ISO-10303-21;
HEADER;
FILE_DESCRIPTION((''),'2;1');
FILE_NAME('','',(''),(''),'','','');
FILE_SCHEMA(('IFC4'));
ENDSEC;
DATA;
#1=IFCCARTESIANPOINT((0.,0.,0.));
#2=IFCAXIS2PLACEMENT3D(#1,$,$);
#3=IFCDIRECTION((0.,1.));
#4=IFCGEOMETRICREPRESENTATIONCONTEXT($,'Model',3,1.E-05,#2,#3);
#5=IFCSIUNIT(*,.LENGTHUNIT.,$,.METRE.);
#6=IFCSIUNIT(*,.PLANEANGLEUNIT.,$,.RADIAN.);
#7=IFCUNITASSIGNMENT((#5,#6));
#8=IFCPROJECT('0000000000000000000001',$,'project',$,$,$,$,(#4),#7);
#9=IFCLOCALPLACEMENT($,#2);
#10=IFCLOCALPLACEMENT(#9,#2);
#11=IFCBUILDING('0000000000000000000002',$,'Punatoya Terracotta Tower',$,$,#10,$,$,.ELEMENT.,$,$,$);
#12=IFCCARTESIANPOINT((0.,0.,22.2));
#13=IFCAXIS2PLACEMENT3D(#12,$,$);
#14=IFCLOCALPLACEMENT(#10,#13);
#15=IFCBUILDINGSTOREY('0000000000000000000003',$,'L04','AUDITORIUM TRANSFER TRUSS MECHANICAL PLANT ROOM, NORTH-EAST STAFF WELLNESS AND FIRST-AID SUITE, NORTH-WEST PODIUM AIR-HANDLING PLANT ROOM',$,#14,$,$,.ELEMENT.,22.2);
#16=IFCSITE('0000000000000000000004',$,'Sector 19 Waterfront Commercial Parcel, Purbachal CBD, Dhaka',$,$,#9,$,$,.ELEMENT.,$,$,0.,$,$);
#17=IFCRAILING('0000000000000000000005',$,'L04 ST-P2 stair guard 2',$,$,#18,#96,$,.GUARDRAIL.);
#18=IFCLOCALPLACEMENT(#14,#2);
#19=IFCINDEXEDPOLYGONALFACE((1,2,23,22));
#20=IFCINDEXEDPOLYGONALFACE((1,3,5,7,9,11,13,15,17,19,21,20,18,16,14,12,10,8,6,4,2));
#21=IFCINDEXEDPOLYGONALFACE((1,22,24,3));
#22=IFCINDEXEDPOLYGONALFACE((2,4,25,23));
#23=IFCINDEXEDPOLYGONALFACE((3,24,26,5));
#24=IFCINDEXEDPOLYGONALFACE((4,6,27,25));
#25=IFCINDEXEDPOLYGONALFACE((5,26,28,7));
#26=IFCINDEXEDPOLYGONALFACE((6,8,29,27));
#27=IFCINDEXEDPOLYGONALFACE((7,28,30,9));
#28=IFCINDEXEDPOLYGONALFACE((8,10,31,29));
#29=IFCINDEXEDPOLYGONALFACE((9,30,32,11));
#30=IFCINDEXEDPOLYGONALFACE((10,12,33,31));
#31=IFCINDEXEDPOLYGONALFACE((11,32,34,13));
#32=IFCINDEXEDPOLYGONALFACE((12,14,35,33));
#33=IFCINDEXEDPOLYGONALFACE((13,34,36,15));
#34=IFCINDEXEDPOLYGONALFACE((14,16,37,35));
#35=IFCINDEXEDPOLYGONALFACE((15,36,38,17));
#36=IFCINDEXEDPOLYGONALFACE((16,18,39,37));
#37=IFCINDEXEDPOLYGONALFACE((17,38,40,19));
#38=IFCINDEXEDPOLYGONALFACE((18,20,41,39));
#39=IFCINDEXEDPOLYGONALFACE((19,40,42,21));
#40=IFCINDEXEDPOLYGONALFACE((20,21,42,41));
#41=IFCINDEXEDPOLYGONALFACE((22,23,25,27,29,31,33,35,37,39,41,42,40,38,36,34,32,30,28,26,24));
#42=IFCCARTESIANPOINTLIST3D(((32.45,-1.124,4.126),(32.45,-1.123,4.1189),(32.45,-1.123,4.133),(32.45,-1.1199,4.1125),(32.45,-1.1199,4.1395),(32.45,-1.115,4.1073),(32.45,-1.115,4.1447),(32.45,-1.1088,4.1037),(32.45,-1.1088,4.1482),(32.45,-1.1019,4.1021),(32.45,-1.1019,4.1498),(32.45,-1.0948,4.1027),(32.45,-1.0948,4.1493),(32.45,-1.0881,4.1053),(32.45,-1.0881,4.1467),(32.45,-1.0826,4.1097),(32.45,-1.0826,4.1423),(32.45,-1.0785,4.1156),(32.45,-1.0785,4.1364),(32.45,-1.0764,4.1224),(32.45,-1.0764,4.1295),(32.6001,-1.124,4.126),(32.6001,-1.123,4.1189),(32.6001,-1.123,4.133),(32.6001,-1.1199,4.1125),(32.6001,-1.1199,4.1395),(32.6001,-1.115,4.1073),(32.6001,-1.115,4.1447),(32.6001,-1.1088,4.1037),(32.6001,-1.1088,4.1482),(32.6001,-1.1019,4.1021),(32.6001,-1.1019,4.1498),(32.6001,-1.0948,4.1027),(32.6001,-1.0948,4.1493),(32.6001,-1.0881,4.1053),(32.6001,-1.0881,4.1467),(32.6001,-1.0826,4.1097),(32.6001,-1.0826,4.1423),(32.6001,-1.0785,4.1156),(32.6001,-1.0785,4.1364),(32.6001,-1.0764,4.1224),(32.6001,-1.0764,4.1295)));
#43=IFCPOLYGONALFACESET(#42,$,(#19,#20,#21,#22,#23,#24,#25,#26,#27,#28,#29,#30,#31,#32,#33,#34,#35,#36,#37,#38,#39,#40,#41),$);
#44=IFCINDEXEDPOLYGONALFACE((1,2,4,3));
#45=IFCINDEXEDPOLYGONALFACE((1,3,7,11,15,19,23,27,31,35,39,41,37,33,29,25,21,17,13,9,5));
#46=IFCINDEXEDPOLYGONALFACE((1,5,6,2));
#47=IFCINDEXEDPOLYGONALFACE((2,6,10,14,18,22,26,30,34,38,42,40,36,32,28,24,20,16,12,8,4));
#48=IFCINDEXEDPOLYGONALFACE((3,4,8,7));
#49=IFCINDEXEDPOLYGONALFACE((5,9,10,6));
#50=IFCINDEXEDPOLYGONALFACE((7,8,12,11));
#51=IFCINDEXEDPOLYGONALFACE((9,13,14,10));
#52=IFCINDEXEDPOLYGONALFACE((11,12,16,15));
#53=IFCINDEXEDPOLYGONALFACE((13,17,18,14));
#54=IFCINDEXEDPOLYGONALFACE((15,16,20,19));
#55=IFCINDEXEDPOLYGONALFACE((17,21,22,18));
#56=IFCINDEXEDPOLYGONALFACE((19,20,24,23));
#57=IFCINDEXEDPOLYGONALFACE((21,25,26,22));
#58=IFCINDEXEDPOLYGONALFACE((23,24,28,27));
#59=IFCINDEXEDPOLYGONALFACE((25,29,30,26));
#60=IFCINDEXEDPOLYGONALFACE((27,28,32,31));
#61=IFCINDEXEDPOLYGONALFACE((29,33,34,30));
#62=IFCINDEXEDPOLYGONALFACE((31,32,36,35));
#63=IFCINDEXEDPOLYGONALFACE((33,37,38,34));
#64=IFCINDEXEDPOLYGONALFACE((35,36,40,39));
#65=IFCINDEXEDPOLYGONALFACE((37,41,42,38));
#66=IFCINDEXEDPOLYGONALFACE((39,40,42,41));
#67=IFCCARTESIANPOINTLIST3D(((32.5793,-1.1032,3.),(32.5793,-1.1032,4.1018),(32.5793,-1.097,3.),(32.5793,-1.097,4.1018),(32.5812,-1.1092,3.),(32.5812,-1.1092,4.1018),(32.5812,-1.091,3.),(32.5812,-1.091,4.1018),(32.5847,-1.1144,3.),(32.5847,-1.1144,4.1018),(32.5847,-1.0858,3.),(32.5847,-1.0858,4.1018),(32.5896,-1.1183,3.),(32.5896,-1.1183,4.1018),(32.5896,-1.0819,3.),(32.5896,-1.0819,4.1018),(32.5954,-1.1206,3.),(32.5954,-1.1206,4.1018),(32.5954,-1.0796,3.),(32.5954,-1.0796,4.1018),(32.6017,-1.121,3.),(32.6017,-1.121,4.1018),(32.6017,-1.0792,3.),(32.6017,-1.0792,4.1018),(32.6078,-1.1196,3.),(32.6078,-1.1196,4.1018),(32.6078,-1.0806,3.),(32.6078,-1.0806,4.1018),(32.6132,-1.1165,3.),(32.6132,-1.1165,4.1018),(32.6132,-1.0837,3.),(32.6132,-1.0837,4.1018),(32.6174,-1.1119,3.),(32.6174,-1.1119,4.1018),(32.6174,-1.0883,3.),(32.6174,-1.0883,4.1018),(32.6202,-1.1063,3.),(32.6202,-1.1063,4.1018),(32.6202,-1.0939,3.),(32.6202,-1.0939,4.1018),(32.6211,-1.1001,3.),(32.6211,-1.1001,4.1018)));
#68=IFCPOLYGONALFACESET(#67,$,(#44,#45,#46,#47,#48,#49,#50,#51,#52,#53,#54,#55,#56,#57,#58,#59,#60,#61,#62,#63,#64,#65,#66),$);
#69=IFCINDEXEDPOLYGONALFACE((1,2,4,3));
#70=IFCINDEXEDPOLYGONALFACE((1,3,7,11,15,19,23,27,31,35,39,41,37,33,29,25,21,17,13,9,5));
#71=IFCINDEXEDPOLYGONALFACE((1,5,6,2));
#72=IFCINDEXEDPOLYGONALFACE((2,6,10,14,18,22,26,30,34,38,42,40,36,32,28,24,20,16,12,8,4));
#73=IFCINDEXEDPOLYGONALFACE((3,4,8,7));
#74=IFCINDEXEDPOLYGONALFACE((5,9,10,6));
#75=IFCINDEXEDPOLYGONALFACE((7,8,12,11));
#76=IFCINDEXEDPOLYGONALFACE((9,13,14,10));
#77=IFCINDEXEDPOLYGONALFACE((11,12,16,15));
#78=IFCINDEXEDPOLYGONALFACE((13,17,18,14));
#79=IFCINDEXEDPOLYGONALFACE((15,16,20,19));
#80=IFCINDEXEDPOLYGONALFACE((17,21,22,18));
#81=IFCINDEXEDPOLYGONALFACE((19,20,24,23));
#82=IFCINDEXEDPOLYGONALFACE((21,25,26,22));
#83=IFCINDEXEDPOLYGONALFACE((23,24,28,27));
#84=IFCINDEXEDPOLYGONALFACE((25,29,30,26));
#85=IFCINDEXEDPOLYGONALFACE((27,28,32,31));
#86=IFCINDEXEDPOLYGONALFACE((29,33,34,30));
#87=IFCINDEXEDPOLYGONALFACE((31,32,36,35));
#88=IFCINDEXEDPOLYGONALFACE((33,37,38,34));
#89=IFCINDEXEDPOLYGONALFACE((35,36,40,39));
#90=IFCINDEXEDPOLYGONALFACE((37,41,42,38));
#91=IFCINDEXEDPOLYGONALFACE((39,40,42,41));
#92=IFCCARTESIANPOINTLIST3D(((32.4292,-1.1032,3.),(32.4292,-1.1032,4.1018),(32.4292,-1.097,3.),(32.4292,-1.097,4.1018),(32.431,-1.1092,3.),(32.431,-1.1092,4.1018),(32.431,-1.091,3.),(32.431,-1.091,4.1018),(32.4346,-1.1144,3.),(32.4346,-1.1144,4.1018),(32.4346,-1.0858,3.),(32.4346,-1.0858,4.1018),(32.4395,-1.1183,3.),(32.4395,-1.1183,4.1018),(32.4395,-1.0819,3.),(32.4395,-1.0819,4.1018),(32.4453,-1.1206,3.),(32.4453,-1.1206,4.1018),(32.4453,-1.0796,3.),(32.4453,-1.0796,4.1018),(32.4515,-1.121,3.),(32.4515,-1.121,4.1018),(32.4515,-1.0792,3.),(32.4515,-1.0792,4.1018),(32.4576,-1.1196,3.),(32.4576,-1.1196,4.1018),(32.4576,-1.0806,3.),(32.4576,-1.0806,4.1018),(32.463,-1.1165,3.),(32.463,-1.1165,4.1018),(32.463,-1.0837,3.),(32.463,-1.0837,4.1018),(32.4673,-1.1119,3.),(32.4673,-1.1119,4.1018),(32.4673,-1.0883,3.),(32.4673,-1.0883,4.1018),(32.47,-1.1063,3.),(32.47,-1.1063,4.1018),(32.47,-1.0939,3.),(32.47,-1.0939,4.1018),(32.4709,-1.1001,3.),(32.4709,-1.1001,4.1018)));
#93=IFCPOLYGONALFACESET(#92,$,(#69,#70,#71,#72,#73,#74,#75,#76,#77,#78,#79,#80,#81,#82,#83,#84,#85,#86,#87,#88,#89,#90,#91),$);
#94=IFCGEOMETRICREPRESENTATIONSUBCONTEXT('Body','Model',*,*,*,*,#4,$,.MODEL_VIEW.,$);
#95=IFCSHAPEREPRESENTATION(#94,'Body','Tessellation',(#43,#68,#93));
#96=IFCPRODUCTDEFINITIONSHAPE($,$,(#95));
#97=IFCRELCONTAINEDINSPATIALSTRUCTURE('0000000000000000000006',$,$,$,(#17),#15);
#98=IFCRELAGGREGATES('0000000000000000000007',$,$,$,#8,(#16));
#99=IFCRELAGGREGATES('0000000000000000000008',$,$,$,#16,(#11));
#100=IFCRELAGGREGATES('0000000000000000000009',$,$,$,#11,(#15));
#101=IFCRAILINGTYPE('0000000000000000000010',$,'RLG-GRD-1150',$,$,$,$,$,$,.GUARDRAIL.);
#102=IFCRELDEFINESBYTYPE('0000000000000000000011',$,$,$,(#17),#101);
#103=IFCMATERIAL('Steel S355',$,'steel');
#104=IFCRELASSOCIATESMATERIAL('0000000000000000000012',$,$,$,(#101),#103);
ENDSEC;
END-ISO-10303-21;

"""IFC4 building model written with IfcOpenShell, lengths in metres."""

from ifc_helpers import new_model, si_unit, direction, frame, origin, origin_2d, place, context, subcontext, project, spatial, circle, extrude, material, type_object, element, save


model = new_model("IFC4")

# Units and contexts
model_context = context("Model", 3, precision=1e-05, world=origin(), true_north=direction((0.0, 1.0)))
body_context = subcontext(model_context, "Body", "Model", "MODEL_VIEW")
ifc_project = project(units=[si_unit("LENGTHUNIT", "METRE"), si_unit("PLANEANGLEUNIT", "RADIAN")], contexts=[model_context])

# Site, building, storey
site_placement = place(None, origin())
site = spatial("IfcSite", under=ifc_project, at=site_placement, Name="Sector 19 Waterfront Commercial Parcel, Purbachal CBD, Dhaka", CompositionType="ELEMENT", RefElevation=0.0)
building_placement = place(site_placement, origin())
building = spatial("IfcBuilding", under=site, at=building_placement, Name="Punatoya Terracotta Tower", CompositionType="ELEMENT")
storey_placement = place(building_placement, frame((0.0, 0.0, 22.2)))
storey = spatial("IfcBuildingStorey", under=building, at=storey_placement, Name="L04", Description="AUDITORIUM TRANSFER TRUSS MECHANICAL PLANT ROOM, NORTH-EAST STAFF WELLNESS AND FIRST-AID SUITE, NORTH-WEST PODIUM AIR-HANDLING PLANT ROOM", CompositionType="ELEMENT", Elevation=22.2)

# Shared definitions
ifc_material_1 = material(Name="Steel S355", Category="steel")

# Railing
railing_type_1 = type_object("IfcRailingType", Name="RLG-GRD-1150", PredefinedType="GUARDRAIL", material=ifc_material_1)
railing_1_placement = place(storey_placement, frame((32.6001, -1.1001, 3.0)))
element("IfcRailing", 1, at=railing_1_placement, inside=storey, type_object=railing_type_1, Name="L04 ST-P2 stair guard 2", PredefinedType="GUARDRAIL", context=body_context, shape_type="SweptSolid", body=[
    extrude(circle(Radius=0.0239, at=origin_2d()), frame((0.0, 0.0, 1.126), z_axis=(-1.0, 0.0, 0.0), x_axis=(0.0, -1.0, 0.0)), (0.0, 0.0, 1.0), 0.1501),
    extrude(circle(Radius=0.021, at=origin_2d()), origin(), (0.0, 0.0, 1.0), 1.1018),
    extrude(circle(Radius=0.021, at=origin_2d()), frame((-0.1501, 0.0, 0.0)), (0.0, 0.0, 1.0), 1.1018),
])

save(model, "model.ifc")
